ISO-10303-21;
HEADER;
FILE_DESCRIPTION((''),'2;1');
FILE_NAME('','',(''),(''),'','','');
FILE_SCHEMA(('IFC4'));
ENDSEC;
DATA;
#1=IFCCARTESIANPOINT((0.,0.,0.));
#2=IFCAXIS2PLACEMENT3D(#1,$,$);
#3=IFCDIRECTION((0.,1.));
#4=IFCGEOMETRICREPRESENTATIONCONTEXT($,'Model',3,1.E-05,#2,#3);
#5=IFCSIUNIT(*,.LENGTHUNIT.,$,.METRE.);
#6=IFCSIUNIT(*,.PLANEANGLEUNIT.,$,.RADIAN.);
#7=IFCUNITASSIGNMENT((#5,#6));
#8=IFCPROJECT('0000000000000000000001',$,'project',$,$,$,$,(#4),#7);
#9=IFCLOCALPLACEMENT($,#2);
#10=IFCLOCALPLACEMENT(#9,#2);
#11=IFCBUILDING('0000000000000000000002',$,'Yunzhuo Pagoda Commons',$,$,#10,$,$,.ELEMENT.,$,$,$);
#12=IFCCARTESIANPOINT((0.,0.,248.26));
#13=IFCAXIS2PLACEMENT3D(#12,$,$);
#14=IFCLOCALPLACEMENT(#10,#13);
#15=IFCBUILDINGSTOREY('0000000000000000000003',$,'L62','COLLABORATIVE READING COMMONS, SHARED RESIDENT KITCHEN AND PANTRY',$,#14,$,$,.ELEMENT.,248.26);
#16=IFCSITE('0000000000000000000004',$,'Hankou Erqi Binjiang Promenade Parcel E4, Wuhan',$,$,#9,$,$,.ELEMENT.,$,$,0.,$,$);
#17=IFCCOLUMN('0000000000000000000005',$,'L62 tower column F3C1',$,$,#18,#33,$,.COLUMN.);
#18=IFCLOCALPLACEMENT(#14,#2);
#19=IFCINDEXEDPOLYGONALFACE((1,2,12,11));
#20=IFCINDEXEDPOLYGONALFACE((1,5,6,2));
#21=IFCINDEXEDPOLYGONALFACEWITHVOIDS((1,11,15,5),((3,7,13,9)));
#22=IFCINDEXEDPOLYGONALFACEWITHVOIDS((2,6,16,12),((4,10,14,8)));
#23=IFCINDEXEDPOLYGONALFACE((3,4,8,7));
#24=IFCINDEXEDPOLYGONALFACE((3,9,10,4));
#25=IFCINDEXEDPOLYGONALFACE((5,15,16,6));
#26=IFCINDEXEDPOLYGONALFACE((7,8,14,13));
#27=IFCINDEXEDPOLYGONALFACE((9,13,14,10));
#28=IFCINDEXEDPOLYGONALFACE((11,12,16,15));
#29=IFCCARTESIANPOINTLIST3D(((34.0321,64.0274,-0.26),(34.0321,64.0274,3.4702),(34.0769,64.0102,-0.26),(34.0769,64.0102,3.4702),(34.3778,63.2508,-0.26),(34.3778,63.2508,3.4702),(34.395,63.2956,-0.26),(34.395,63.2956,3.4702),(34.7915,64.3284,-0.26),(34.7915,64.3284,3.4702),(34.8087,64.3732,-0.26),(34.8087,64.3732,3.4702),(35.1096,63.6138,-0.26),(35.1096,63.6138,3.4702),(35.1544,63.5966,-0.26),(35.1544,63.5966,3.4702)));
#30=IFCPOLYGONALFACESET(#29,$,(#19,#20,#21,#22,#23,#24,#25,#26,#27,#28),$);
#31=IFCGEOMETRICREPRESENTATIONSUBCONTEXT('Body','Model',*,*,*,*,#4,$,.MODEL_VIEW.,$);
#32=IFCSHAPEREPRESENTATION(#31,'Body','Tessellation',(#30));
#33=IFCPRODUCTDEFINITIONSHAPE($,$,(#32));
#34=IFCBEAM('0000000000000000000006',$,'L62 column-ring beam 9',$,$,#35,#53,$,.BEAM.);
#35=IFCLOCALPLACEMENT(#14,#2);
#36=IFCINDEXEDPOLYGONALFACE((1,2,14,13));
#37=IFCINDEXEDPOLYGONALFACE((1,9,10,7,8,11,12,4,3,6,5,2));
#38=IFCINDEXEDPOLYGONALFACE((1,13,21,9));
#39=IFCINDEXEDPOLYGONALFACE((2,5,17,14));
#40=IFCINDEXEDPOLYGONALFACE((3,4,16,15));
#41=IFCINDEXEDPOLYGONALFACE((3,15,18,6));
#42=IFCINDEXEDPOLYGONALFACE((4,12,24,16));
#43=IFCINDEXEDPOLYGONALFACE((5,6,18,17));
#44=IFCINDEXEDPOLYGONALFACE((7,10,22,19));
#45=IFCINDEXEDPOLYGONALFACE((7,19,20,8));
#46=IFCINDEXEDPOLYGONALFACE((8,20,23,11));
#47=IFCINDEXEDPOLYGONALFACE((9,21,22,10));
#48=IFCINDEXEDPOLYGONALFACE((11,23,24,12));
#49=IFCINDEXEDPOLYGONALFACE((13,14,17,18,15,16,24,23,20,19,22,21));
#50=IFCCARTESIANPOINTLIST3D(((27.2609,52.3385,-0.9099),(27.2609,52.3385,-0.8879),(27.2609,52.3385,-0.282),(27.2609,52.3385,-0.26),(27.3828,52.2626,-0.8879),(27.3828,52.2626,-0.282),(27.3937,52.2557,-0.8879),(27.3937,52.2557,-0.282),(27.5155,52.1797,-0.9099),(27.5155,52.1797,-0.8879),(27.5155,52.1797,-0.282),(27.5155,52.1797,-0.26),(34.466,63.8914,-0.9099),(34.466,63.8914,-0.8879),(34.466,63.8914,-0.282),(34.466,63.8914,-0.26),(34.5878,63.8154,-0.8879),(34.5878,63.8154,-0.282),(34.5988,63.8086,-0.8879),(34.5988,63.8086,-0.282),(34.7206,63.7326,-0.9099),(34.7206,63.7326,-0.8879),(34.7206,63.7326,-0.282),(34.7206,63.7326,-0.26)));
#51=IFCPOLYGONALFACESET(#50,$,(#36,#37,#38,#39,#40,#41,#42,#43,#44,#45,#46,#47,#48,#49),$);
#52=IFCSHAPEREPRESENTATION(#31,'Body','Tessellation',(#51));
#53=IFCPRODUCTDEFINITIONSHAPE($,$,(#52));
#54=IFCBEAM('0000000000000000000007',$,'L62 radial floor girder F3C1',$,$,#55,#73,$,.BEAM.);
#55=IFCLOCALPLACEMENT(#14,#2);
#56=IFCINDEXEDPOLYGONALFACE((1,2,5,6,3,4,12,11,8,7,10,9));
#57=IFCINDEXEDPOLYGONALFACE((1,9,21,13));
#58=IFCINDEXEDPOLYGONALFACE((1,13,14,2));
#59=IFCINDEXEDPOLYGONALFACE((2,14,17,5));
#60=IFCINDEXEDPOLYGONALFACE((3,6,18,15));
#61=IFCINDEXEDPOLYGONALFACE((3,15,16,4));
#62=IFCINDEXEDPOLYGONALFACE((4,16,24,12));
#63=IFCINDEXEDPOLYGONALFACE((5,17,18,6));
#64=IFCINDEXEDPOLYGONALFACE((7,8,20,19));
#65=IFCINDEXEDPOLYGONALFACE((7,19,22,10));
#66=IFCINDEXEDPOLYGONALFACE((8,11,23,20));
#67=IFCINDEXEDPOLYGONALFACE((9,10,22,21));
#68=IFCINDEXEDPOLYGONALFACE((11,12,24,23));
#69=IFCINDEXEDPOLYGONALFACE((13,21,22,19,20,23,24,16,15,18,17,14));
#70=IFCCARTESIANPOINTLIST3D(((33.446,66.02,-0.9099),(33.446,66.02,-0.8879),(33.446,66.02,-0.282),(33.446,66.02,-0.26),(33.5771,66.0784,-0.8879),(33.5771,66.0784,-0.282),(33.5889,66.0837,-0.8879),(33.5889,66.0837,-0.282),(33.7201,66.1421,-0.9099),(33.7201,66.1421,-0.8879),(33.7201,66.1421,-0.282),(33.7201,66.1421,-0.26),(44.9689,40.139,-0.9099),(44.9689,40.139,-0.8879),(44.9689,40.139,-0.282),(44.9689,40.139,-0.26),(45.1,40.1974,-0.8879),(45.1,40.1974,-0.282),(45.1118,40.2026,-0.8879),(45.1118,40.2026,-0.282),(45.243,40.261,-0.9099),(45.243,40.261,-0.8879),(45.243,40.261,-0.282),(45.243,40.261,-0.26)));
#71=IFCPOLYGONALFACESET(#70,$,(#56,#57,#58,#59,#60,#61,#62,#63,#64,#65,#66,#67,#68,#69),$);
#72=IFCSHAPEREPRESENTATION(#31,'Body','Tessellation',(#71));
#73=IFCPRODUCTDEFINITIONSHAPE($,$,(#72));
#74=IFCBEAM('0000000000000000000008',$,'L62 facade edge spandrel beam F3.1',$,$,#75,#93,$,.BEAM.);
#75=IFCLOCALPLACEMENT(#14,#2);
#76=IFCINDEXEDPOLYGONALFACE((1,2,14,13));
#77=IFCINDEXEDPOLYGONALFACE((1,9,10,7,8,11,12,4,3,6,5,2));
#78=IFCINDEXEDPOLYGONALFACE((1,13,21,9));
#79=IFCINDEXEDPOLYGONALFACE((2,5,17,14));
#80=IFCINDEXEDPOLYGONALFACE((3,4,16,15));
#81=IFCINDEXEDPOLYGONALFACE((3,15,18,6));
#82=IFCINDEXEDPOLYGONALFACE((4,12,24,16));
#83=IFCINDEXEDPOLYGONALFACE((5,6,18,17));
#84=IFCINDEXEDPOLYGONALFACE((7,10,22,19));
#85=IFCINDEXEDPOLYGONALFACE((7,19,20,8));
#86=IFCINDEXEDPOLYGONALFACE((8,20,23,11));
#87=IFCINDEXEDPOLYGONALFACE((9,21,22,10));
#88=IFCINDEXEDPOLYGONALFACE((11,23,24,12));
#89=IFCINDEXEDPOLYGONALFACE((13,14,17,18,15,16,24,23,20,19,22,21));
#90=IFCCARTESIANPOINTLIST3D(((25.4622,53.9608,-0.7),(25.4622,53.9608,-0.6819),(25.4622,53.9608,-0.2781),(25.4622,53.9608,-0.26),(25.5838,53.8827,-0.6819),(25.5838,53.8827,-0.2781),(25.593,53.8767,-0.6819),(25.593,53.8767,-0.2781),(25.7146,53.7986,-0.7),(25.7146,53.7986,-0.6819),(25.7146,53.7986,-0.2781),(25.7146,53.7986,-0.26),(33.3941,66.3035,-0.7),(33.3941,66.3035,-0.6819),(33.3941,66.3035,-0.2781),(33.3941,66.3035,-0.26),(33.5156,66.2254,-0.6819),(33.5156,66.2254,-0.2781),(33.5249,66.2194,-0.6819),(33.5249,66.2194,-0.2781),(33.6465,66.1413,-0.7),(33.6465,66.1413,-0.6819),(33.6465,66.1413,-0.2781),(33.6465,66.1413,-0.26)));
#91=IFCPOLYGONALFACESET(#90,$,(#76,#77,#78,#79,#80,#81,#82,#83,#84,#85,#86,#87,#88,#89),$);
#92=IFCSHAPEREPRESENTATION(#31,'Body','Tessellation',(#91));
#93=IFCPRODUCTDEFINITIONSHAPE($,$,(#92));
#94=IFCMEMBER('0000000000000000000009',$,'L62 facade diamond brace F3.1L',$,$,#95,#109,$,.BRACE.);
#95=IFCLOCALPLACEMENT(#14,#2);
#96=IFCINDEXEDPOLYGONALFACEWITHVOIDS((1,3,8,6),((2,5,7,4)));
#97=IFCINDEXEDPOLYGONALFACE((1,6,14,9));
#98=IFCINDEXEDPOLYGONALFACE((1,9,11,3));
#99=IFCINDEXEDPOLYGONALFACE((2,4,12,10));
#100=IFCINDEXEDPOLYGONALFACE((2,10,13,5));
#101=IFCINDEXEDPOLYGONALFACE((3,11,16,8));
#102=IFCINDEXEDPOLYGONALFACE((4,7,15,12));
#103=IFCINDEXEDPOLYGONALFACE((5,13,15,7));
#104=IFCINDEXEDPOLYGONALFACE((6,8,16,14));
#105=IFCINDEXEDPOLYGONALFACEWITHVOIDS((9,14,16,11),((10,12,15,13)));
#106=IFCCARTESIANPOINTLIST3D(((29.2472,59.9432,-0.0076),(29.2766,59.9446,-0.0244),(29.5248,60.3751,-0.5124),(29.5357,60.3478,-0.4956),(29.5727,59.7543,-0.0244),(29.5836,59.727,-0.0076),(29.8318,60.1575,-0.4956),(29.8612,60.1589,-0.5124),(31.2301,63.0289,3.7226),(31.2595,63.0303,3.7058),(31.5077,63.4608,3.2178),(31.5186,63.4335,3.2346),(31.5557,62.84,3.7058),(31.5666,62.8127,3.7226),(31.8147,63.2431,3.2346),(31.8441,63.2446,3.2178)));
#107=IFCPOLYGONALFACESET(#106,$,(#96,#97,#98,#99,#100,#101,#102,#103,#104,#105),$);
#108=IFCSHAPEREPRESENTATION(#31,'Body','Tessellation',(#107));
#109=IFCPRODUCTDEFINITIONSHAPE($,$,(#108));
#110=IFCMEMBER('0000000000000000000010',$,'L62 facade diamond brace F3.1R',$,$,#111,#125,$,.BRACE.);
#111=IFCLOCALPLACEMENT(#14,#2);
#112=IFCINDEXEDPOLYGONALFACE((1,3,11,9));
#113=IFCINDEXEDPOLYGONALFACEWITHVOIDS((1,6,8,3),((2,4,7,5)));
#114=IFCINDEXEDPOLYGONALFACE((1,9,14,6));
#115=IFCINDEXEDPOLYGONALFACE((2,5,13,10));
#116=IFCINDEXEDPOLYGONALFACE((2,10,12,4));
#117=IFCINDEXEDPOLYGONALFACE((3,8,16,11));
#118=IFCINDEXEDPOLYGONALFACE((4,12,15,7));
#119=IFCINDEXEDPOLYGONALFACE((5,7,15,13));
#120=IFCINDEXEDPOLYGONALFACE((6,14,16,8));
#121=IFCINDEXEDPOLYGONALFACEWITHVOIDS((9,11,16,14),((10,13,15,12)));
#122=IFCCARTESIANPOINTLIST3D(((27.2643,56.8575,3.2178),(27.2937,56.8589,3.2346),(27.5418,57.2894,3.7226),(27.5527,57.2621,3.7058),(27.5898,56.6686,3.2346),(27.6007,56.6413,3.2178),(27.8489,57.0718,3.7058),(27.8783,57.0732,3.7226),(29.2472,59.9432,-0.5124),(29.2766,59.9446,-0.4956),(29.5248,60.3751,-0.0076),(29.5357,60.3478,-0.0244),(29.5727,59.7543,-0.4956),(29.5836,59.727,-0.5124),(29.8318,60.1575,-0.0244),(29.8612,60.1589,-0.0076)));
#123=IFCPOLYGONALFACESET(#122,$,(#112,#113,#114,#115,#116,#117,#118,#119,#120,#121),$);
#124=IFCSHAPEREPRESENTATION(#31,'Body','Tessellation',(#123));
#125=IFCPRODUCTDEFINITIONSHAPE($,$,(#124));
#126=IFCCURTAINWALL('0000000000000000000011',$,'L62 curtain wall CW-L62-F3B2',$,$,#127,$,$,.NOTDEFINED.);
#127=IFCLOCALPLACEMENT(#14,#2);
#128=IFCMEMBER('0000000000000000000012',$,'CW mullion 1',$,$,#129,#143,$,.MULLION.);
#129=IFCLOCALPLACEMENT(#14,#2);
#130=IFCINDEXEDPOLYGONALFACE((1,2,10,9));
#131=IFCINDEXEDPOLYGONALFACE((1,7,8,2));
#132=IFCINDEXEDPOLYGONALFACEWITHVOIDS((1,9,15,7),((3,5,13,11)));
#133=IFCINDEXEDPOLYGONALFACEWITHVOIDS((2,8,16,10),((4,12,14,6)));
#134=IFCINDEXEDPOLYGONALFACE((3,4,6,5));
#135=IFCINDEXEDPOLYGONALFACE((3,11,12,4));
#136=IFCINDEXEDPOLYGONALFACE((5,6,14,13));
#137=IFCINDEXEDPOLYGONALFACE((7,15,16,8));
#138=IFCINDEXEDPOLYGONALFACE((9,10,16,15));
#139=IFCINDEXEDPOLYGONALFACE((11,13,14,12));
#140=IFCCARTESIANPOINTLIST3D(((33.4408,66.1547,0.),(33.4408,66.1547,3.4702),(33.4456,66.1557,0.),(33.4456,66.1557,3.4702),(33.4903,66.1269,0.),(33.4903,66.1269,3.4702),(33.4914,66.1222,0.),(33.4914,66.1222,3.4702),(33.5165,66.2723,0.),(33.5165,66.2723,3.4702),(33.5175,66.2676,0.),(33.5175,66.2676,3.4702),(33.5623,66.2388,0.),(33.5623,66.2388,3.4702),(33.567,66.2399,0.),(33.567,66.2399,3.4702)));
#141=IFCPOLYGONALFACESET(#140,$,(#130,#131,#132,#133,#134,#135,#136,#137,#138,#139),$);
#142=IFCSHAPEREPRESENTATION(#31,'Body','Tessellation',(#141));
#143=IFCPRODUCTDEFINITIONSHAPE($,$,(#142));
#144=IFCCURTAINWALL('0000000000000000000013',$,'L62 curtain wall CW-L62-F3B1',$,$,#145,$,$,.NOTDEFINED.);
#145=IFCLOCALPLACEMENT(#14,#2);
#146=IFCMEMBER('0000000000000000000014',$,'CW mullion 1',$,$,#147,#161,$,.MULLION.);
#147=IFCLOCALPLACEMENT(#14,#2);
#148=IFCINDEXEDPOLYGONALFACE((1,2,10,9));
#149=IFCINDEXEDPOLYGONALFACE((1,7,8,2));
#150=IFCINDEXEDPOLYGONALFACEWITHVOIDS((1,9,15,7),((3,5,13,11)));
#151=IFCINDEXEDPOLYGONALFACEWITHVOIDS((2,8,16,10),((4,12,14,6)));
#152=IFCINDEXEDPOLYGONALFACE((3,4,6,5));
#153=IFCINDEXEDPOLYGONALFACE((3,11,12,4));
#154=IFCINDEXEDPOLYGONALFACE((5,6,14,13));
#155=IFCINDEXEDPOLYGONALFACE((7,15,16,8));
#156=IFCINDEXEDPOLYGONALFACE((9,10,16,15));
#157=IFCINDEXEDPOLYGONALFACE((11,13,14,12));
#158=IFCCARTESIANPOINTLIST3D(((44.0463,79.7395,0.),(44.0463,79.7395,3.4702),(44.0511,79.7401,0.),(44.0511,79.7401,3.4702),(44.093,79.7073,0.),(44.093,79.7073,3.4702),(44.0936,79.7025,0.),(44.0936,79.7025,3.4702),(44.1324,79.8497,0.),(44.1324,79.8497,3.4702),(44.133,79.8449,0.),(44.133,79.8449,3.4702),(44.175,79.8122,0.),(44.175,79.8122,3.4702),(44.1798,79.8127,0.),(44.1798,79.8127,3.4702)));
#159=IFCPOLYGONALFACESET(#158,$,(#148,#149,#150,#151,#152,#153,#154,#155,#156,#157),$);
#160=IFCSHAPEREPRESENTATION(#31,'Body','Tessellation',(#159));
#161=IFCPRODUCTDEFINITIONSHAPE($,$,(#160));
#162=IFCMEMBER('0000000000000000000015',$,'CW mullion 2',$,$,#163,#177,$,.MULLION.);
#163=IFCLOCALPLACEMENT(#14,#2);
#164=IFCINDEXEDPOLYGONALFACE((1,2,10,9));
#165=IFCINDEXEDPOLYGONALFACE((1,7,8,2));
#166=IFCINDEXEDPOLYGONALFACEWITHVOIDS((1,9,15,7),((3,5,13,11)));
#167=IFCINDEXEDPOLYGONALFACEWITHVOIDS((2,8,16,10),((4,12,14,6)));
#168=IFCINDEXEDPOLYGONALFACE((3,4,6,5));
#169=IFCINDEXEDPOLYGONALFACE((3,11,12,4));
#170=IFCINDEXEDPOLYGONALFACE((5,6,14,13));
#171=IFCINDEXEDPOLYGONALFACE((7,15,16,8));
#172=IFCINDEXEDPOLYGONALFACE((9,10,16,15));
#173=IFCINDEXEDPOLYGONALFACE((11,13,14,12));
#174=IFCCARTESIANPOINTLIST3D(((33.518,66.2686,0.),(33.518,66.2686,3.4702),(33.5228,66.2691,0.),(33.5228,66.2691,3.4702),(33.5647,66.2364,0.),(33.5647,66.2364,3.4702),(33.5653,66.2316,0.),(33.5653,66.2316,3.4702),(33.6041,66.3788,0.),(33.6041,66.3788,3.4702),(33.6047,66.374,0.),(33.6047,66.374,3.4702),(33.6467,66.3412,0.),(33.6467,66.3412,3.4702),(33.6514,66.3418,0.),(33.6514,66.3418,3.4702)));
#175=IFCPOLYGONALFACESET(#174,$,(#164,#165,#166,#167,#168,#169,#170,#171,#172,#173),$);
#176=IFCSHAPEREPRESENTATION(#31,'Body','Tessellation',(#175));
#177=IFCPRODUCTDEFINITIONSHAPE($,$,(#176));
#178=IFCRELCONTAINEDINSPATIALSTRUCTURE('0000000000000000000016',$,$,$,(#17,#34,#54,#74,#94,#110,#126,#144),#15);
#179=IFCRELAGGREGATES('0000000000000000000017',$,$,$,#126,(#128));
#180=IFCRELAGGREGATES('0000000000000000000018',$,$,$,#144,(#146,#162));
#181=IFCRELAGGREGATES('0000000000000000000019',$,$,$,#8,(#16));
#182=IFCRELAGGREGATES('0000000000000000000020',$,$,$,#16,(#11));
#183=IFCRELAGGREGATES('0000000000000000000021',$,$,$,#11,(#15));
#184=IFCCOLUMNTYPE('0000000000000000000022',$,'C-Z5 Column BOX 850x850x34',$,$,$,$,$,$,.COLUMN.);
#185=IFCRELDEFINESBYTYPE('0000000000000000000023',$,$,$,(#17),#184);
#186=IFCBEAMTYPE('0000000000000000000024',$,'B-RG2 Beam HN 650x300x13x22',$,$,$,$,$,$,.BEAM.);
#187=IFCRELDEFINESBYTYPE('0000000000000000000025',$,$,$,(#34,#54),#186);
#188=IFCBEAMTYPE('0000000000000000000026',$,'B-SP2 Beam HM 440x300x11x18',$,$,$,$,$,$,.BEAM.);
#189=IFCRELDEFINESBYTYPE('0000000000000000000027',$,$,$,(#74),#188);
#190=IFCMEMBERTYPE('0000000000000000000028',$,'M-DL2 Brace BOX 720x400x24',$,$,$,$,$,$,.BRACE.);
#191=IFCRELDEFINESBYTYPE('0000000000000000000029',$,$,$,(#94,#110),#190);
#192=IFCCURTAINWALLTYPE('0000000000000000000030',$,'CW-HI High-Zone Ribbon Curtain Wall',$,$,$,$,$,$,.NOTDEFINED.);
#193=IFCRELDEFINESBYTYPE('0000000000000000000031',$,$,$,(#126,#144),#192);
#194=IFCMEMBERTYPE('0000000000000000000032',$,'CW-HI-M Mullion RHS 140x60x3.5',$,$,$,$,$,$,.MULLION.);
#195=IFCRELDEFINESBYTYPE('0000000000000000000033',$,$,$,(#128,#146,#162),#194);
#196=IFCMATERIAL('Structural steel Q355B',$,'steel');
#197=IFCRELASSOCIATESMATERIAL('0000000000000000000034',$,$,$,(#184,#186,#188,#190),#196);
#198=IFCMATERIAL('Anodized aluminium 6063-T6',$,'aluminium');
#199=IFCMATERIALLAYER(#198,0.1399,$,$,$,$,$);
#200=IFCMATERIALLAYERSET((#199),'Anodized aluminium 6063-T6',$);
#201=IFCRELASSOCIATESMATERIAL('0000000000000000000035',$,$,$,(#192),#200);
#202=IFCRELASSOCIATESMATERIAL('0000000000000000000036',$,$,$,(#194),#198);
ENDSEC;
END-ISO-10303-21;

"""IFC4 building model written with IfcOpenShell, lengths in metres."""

from ifc_helpers import new_model, si_unit, direction, frame, origin, origin_2d, place, context, subcontext, project, spatial, hollow_rectangle, i_section, extrude, source, transform, mapped, material, layer, layer_set, material_profile, profile_set, type_object, element, aggregate, save


model = new_model("IFC4")

# Units and contexts
model_context = context("Model", 3, precision=1e-05, world=origin(), true_north=direction((0.0, 1.0)))
body_context = subcontext(model_context, "Body", "Model", "MODEL_VIEW")
ifc_project = project(units=[si_unit("LENGTHUNIT", "METRE"), si_unit("PLANEANGLEUNIT", "RADIAN")], contexts=[model_context])

# Site, building, storey
site_placement = place(None, origin())
site = spatial("IfcSite", under=ifc_project, at=site_placement, Name="Hankou Erqi Binjiang Promenade Parcel E4, Wuhan", CompositionType="ELEMENT", RefElevation=0.0)
building_placement = place(site_placement, origin())
building = spatial("IfcBuilding", under=site, at=building_placement, Name="Yunzhuo Pagoda Commons", CompositionType="ELEMENT")
storey_placement = place(building_placement, frame((0.0, 0.0, 248.26)))
storey = spatial("IfcBuildingStorey", under=building, at=storey_placement, Name="L62", Description="COLLABORATIVE READING COMMONS, SHARED RESIDENT KITCHEN AND PANTRY", CompositionType="ELEMENT", Elevation=248.26)

# Column
ifc_material_1 = material(Name="Structural steel Q355B", Category="steel")
ifc_material_profile_1 = material_profile(ifc_material_1, hollow_rectangle(XDim=0.8501, YDim=0.8501, WallThickness=0.0339, at=origin_2d()), Name="Structural steel Q355B")
ifc_profile_set_1 = profile_set([ifc_material_profile_1], Name="Structural steel Q355B")
column_type = type_object("IfcColumnType", Name="C-Z5 Column BOX 850x850x34", PredefinedType="COLUMN", material=ifc_profile_set_1)
shared_shape_1 = source(origin(), body_context, "Body", "SweptSolid", [
    extrude(hollow_rectangle(XDim=0.8501, YDim=0.8501, WallThickness=0.0339, at=origin_2d()), origin(), (0.0, 0.0, 1.0), 3.7302),
])
column_placement = place(storey_placement, frame((34.5933, 63.812, -0.26), z_axis=(0.0, 0.0, 1.0), x_axis=(-0.913545, -0.406737, 0.0)))
element("IfcColumn", 1, at=column_placement, inside=storey, type_object=column_type, Name="L62 tower column F3C1", PredefinedType="COLUMN", context=body_context, shape_type="MappedRepresentation", body=[
    mapped(shared_shape_1, transform((0.0, 0.0, 0.0), scale=1.0)),
])

# Beams
ifc_material_profile_2 = material_profile(ifc_material_1, i_section(OverallWidth=0.3, OverallDepth=0.6499, WebThickness=0.0129, FlangeThickness=0.022, at=origin_2d()), Name="Structural steel Q355B")
ifc_profile_set_2 = profile_set([ifc_material_profile_2], Name="Structural steel Q355B")
beam_type_1 = type_object("IfcBeamType", Name="B-RG2 Beam HN 650x300x13x22", PredefinedType="BEAM", material=ifc_profile_set_2)
shared_shape_2 = source(origin(), body_context, "Body", "SweptSolid", [
    extrude(i_section(OverallWidth=0.3, OverallDepth=0.6499, WebThickness=0.0129, FlangeThickness=0.022, at=origin_2d()), origin(), (0.0, 0.0, 1.0), 13.6155),
])
beam_1_placement = place(storey_placement, frame((34.5933, 63.812, -0.585), z_axis=(-0.529178, -0.848511, 0.0), x_axis=(0.848511, -0.529178, 0.0)))
element("IfcBeam", 2, at=beam_1_placement, inside=storey, type_object=beam_type_1, Name="L62 column-ring beam 9", PredefinedType="BEAM", context=body_context, shape_type="MappedRepresentation", body=[
    mapped(shared_shape_2, transform((0.0, 0.0, 0.0), scale=1.0)),
])
shared_shape_3 = source(origin(), body_context, "Body", "SweptSolid", [
    extrude(i_section(OverallWidth=0.3, OverallDepth=0.6499, WebThickness=0.0129, FlangeThickness=0.022, at=origin_2d()), origin(), (0.0, 0.0, 1.0), 28.3303),
])
beam_2_placement = place(storey_placement, frame((33.583, 66.0811, -0.585), z_axis=(0.406735, -0.913546, 0.0), x_axis=(0.913546, 0.406735, 0.0)))
element("IfcBeam", 3, at=beam_2_placement, inside=storey, type_object=beam_type_1, Name="L62 radial floor girder F3C1", PredefinedType="BEAM", context=body_context, shape_type="MappedRepresentation", body=[
    mapped(shared_shape_3, transform((0.0, 0.0, 0.0), scale=1.0)),
])
ifc_material_profile_3 = material_profile(ifc_material_1, i_section(OverallWidth=0.3, OverallDepth=0.4399, WebThickness=0.011, FlangeThickness=0.0181, at=origin_2d()), Name="Structural steel Q355B")
ifc_profile_set_3 = profile_set([ifc_material_profile_3], Name="Structural steel Q355B")
beam_type_2 = type_object("IfcBeamType", Name="B-SP2 Beam HM 440x300x11x18", PredefinedType="BEAM", material=ifc_profile_set_3)
shared_shape_4 = source(origin(), body_context, "Body", "SweptSolid", [
    extrude(i_section(OverallWidth=0.3, OverallDepth=0.4399, WebThickness=0.011, FlangeThickness=0.0181, at=origin_2d()), origin(), (0.0, 0.0, 1.0), 14.6716),
])
beam_3_placement = place(storey_placement, frame((33.5203, 66.2224, -0.48), z_axis=(-0.540625, -0.841264, 0.0), x_axis=(0.841264, -0.540625, 0.0)))
element("IfcBeam", 4, at=beam_3_placement, inside=storey, type_object=beam_type_2, Name="L62 facade edge spandrel beam F3.1", PredefinedType="BEAM", context=body_context, shape_type="MappedRepresentation", body=[
    mapped(shared_shape_4, transform((0.0, 0.0, 0.0), scale=1.0)),
])

# Members
ifc_material_profile_4 = material_profile(ifc_material_1, hollow_rectangle(XDim=0.3999, YDim=0.72, WallThickness=0.0239, at=origin_2d()), Name="Structural steel Q355B")
ifc_profile_set_4 = profile_set([ifc_material_profile_4], Name="Structural steel Q355B")
member_type_1 = type_object("IfcMemberType", Name="M-DL2 Brace BOX 720x400x24", PredefinedType="BRACE", material=ifc_profile_set_4)
shared_shape_5 = source(origin(), body_context, "Body", "SweptSolid", [
    extrude(hollow_rectangle(XDim=0.3999, YDim=0.72, WallThickness=0.0239, at=origin_2d()), origin(), (0.0, 0.0, 1.0), 5.2314),
])
for number, where, z_axis, x_axis, name in (
    (5, (29.5542, 60.051, -0.26), (0.379037, 0.589836, 0.713039), (-0.841271, 0.540613, 0.0), "L62 facade diamond brace F3.1L"),
    (6, (29.5542, 60.051, -0.26), (-0.379037, -0.589836, 0.713039), (0.841271, -0.540613, 0.0), "L62 facade diamond brace F3.1R"),
):
    element("IfcMember", number, at=place(storey_placement, frame(where, z_axis=z_axis, x_axis=x_axis)), inside=storey, type_object=member_type_1, Name=name, PredefinedType="BRACE", context=body_context, shape_type="MappedRepresentation", body=[
        mapped(shared_shape_5, transform((0.0, 0.0, 0.0), scale=1.0)),
    ])

# Curtain wall, member
ifc_material_2 = material(Name="Anodized aluminium 6063-T6", Category="aluminium")
ifc_layer_1 = layer(ifc_material_2, 0.1399)
ifc_layer_set_1 = layer_set([ifc_layer_1], Name="Anodized aluminium 6063-T6")
curtain_wall_type = type_object("IfcCurtainWallType", Name="CW-HI High-Zone Ribbon Curtain Wall", PredefinedType="NOTDEFINED", material=ifc_layer_set_1)
curtain_wall_1_placement = place(storey_placement, origin())
curtain_wall_1 = element("IfcCurtainWall", 7, at=curtain_wall_1_placement, inside=storey, type_object=curtain_wall_type, Name="L62 curtain wall CW-L62-F3B2", PredefinedType="NOTDEFINED")
ifc_material_profile_5 = material_profile(ifc_material_2, hollow_rectangle(XDim=0.0601, YDim=0.1399, WallThickness=0.0034, at=origin_2d()), Name="Anodized aluminium 6063-T6")
ifc_profile_set_5 = profile_set([ifc_material_profile_5], Name="Anodized aluminium 6063-T6")
member_type_2 = type_object("IfcMemberType", Name="CW-HI-M Mullion RHS 140x60x3.5", PredefinedType="MULLION", material=ifc_profile_set_5)
shared_shape_6 = source(origin(), body_context, "Body", "SweptSolid", [
    extrude(hollow_rectangle(XDim=0.0601, YDim=0.1399, WallThickness=0.0034, at=origin_2d()), origin(), (0.0, 0.0, 1.0), 3.4702),
])
member_1_placement = place(storey_placement, frame((33.5039, 66.1973, 0.0), z_axis=(0.0, 0.0, 1.0), x_axis=(0.841269, -0.540617, 0.0)))
member_1 = element("IfcMember", 8, at=member_1_placement, type_object=member_type_2, Name="CW mullion 1", PredefinedType="MULLION", context=body_context, shape_type="MappedRepresentation", body=[
    mapped(shared_shape_6, transform((0.0, 0.0, 0.0), scale=1.0)),
])

# Curtain wall, members
curtain_wall_2_placement = place(storey_placement, origin())
curtain_wall_2 = element("IfcCurtainWall", 9, at=curtain_wall_2_placement, inside=storey, type_object=curtain_wall_type, Name="L62 curtain wall CW-L62-F3B1", PredefinedType="NOTDEFINED")
member_2_placement = place(storey_placement, frame((44.113, 79.7761, 0.0), z_axis=(0.0, 0.0, 1.0), x_axis=(0.787911, -0.615789, 0.0)))
member_2 = element("IfcMember", 10, at=member_2_placement, type_object=member_type_2, Name="CW mullion 1", PredefinedType="MULLION", context=body_context, shape_type="MappedRepresentation", body=[
    mapped(shared_shape_6, transform((0.0, 0.0, 0.0), scale=1.0)),
])
member_3_placement = place(storey_placement, frame((33.5847, 66.3052, 0.0), z_axis=(0.0, 0.0, 1.0), x_axis=(0.787911, -0.615789, 0.0)))
member_3 = element("IfcMember", 11, at=member_3_placement, type_object=member_type_2, Name="CW mullion 2", PredefinedType="MULLION", context=body_context, shape_type="MappedRepresentation", body=[
    mapped(shared_shape_6, transform((0.0, 0.0, 0.0), scale=1.0)),
])

aggregate(curtain_wall_1, [member_1])

aggregate(curtain_wall_2, [member_2, member_3])

save(model, "model.ifc")
